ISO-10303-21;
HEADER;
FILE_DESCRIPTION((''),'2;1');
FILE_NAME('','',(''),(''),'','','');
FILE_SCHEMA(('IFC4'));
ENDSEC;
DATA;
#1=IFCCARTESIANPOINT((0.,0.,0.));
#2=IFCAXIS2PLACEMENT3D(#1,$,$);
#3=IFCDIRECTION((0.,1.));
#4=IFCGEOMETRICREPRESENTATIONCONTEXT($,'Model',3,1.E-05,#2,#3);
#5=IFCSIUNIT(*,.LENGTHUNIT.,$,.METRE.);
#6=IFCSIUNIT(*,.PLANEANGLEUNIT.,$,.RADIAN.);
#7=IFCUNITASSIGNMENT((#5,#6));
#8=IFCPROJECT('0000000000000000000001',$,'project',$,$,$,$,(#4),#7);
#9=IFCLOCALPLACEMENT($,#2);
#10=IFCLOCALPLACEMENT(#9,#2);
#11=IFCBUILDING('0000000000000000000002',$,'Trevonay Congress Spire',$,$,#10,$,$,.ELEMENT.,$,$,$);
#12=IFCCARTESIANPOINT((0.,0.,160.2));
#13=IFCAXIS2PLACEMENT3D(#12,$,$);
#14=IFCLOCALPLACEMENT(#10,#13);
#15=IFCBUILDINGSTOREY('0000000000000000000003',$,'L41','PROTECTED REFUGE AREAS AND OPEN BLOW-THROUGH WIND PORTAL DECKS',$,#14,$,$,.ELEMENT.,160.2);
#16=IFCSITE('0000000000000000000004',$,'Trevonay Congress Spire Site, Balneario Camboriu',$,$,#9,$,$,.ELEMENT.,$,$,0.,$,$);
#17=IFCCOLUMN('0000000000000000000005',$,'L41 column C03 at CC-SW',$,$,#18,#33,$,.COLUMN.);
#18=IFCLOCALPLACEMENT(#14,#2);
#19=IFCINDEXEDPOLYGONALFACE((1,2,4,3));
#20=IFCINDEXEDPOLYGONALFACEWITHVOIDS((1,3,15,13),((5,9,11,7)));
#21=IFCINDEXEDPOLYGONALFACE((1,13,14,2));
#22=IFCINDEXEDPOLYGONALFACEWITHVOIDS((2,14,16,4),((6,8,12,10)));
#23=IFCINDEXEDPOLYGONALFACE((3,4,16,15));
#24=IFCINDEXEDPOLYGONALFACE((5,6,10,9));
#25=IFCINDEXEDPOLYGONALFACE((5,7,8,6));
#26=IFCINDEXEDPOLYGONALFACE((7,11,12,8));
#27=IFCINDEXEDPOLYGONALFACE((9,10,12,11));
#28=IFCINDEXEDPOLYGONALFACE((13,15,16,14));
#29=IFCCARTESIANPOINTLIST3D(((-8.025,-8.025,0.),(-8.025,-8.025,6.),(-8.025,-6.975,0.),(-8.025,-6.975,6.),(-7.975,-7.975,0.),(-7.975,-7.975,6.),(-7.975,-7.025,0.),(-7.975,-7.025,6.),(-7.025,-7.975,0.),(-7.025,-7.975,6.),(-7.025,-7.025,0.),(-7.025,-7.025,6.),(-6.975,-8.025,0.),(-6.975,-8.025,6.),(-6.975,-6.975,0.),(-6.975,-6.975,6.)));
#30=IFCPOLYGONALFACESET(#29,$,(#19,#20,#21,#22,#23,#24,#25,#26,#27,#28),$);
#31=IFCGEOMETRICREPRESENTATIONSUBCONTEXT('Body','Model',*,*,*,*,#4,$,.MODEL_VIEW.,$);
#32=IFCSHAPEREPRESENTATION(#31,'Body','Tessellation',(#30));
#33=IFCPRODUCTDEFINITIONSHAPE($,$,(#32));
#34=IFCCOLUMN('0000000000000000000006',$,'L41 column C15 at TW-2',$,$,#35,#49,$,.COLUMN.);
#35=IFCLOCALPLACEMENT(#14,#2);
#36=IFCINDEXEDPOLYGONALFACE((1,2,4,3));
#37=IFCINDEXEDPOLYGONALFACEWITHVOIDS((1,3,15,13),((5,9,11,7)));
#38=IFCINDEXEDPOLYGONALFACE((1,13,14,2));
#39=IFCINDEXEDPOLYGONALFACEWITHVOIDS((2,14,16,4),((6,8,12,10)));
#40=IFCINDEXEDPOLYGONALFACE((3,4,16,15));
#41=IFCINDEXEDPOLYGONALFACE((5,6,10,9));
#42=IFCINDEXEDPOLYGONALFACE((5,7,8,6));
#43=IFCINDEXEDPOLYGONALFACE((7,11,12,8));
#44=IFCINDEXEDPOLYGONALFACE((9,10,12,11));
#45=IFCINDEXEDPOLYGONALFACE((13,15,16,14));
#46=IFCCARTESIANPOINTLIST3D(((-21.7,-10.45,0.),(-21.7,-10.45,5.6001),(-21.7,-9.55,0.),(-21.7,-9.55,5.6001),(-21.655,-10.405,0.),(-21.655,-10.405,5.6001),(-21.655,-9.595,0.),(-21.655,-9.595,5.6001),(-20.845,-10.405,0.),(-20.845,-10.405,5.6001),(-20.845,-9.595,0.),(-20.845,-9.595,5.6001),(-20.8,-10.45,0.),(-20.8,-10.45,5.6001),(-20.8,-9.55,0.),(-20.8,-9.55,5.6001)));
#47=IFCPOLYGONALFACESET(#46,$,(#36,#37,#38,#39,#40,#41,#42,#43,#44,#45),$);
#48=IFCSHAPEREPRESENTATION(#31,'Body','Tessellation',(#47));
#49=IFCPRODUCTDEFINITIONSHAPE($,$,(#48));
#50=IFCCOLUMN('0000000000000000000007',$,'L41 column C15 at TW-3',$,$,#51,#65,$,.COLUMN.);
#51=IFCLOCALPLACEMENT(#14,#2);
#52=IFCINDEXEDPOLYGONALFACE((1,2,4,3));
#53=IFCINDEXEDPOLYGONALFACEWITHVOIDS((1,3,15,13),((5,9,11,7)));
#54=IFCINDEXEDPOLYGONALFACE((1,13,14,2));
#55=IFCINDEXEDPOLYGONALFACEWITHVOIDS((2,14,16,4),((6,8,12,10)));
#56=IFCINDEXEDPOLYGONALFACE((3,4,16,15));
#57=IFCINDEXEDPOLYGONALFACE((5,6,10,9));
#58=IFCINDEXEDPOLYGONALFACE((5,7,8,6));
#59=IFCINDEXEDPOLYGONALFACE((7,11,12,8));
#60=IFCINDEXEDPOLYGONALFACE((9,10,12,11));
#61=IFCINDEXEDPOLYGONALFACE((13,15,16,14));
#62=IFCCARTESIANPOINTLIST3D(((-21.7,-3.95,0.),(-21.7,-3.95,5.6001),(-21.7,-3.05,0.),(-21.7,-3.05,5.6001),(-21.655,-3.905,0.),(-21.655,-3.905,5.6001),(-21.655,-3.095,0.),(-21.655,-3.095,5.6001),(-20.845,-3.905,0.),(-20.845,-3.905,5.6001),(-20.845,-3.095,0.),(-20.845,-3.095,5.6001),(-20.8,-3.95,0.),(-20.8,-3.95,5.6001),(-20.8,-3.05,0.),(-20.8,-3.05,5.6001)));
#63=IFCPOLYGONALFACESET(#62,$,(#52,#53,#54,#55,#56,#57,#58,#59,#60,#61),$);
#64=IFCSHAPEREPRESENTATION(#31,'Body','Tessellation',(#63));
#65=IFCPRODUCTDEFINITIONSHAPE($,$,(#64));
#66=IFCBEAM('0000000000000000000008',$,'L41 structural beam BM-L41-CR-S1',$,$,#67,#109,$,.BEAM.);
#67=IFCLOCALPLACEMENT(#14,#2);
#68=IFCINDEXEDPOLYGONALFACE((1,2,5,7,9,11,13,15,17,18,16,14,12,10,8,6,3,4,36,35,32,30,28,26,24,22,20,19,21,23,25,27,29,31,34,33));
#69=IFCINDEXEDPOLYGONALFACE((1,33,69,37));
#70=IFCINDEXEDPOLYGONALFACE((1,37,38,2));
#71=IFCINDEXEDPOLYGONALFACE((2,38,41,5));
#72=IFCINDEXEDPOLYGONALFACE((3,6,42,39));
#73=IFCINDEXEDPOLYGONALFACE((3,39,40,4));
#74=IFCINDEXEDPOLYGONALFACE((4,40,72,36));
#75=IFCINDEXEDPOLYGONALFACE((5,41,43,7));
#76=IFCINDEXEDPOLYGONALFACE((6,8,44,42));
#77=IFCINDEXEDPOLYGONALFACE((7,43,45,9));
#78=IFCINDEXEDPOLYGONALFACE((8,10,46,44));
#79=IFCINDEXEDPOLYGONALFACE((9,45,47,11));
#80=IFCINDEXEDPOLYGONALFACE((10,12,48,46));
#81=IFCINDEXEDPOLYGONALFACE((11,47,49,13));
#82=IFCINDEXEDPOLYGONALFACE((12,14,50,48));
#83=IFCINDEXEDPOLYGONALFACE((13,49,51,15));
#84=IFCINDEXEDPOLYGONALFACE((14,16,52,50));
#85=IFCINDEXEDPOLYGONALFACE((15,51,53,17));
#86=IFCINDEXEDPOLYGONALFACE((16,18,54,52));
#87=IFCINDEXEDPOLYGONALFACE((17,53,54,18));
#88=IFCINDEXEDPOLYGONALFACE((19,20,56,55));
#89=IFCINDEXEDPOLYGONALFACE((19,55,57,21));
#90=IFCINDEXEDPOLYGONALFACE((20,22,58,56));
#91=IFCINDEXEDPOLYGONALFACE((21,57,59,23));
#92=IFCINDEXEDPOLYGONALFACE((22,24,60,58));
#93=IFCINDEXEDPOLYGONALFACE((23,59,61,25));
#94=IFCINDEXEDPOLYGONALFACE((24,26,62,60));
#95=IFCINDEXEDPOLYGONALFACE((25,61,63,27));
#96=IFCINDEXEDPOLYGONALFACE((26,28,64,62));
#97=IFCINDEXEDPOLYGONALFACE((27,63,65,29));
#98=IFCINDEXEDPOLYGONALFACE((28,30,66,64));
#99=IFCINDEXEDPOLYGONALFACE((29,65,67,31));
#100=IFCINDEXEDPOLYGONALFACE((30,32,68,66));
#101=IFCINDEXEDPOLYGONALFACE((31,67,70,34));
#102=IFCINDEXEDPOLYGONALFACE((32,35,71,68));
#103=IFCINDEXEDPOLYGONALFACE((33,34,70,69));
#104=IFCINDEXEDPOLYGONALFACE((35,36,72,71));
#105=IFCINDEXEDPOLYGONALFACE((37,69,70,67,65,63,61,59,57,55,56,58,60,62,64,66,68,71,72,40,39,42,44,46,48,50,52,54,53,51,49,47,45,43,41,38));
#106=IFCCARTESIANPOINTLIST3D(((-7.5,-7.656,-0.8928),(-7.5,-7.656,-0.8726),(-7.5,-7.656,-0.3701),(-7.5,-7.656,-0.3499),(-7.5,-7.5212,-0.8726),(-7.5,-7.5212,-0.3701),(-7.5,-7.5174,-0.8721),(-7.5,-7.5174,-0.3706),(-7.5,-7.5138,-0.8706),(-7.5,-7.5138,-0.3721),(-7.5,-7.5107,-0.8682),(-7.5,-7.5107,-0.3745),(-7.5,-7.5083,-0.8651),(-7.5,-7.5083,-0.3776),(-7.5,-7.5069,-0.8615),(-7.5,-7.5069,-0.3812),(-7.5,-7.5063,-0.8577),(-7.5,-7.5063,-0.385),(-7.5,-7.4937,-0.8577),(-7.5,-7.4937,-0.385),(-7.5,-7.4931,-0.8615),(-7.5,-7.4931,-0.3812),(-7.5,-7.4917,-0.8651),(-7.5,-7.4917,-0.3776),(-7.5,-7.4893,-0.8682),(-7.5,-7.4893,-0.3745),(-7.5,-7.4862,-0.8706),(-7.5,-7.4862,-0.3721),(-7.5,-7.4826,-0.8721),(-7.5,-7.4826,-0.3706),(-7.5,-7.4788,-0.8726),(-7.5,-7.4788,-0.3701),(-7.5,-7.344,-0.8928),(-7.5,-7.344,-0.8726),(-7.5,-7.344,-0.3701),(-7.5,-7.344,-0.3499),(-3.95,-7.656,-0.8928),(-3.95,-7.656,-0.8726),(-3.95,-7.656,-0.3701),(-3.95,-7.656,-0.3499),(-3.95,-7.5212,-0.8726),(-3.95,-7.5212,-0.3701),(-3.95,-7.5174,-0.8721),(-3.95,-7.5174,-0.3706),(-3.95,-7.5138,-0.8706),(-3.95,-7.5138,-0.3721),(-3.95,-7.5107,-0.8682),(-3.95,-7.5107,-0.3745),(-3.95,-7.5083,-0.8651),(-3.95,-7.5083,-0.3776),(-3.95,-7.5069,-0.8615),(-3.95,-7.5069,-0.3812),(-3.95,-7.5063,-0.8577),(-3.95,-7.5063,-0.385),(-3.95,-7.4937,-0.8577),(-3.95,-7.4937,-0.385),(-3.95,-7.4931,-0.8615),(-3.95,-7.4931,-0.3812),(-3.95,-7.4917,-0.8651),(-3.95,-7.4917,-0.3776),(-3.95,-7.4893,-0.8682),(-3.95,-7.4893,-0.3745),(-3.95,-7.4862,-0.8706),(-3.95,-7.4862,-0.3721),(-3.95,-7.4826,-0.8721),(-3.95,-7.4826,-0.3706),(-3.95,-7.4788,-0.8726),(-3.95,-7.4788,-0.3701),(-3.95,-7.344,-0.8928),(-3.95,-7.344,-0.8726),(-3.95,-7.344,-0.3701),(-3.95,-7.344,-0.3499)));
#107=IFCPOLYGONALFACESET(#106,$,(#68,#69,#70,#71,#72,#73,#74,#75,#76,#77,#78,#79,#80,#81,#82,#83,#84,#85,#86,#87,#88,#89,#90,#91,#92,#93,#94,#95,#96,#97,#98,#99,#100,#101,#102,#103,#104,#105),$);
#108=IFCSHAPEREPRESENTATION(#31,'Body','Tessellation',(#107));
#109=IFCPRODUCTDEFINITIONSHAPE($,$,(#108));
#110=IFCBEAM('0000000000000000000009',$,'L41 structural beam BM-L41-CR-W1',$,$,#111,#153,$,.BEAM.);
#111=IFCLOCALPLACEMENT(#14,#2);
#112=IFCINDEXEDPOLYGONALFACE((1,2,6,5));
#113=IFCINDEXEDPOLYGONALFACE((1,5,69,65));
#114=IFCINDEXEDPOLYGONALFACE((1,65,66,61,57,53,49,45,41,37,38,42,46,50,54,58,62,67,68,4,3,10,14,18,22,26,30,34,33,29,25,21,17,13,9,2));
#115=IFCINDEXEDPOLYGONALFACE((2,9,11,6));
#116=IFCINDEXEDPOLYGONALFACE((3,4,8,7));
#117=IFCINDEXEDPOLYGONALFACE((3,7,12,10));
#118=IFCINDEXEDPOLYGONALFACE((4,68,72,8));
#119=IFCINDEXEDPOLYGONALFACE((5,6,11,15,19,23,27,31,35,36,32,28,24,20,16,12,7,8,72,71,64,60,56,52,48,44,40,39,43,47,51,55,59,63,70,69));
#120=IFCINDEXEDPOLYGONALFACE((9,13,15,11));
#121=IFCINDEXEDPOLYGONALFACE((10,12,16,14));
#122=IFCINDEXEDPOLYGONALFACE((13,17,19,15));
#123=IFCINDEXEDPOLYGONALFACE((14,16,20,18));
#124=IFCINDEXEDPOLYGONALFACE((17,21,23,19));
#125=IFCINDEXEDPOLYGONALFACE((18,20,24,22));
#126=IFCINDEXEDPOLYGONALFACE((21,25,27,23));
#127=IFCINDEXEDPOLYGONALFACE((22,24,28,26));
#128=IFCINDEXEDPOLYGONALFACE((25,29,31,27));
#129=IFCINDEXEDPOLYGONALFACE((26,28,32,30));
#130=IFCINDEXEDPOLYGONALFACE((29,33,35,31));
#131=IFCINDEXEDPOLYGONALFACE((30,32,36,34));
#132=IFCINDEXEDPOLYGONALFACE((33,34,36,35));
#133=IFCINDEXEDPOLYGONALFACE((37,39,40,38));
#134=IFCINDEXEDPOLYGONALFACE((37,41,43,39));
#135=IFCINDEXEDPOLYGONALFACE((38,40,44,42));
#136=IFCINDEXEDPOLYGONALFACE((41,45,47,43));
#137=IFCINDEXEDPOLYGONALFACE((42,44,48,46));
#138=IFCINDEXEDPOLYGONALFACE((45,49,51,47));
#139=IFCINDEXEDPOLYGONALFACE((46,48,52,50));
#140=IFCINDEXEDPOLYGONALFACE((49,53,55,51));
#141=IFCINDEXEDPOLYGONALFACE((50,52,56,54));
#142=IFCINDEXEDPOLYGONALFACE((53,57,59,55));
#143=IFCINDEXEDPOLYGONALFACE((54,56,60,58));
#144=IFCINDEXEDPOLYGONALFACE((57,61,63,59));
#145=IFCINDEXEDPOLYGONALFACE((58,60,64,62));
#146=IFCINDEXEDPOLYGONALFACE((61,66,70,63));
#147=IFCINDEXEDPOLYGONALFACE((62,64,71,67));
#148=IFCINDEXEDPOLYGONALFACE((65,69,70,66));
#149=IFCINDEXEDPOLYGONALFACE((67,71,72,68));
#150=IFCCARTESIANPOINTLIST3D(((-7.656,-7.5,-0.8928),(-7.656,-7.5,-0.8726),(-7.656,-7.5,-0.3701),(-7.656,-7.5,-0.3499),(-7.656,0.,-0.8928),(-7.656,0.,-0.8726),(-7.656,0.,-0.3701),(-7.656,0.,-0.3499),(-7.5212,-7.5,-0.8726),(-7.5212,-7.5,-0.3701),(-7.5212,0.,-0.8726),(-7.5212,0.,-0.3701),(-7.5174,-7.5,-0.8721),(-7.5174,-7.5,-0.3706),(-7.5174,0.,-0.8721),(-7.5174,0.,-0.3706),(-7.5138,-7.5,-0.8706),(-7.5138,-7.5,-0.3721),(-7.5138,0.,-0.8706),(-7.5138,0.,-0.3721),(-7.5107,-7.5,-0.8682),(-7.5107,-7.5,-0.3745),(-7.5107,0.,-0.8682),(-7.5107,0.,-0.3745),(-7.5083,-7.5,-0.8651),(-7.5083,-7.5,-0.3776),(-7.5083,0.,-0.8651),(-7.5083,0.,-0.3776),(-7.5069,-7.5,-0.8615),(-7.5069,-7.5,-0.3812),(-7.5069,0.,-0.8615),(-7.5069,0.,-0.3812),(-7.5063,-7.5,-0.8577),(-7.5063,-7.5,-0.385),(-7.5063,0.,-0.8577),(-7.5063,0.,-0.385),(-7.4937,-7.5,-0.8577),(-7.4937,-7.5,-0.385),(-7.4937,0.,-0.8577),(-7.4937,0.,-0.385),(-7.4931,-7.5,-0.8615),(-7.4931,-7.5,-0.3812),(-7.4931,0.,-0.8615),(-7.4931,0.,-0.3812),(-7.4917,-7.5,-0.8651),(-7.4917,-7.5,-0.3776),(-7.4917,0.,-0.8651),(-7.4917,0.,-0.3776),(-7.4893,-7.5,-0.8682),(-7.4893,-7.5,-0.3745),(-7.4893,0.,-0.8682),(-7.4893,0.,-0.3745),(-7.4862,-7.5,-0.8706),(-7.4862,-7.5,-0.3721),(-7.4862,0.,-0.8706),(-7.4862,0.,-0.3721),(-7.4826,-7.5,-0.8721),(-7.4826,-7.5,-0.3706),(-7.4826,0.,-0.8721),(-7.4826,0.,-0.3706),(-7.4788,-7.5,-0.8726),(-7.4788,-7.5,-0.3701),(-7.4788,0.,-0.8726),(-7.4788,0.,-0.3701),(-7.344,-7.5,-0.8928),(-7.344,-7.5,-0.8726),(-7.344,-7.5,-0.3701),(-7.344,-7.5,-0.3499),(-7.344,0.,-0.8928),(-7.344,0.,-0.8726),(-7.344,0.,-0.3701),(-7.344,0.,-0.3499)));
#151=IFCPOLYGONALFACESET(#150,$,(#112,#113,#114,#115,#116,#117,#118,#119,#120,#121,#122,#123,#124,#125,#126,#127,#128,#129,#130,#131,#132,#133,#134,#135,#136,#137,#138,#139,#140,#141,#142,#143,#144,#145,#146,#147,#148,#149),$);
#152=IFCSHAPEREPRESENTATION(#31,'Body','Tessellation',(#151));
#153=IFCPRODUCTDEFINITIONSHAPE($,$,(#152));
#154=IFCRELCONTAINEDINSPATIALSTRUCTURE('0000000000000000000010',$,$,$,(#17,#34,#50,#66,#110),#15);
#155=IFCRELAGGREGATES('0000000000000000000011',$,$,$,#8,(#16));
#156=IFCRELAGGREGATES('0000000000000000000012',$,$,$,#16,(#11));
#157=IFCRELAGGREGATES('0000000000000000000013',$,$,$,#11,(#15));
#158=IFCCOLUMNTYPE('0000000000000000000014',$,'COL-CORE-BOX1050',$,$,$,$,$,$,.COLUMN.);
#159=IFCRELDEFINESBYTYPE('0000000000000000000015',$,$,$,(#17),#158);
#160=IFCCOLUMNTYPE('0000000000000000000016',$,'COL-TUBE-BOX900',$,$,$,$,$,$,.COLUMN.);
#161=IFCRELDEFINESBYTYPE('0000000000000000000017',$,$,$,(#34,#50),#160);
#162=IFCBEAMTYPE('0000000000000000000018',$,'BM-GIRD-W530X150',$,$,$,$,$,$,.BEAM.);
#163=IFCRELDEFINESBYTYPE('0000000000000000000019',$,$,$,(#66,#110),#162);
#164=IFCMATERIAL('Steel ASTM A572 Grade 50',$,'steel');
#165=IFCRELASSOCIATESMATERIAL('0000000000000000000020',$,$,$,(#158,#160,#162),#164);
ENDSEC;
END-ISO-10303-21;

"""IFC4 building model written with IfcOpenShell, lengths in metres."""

from ifc_helpers import new_model, si_unit, direction, frame, origin, origin_2d, place, context, subcontext, project, spatial, hollow_rectangle, i_section, extrude, material, material_profile, profile_set, type_object, element, save


model = new_model("IFC4")

# Units and contexts
model_context = context("Model", 3, precision=1e-05, world=origin(), true_north=direction((0.0, 1.0)))
body_context = subcontext(model_context, "Body", "Model", "MODEL_VIEW")
ifc_project = project(units=[si_unit("LENGTHUNIT", "METRE"), si_unit("PLANEANGLEUNIT", "RADIAN")], contexts=[model_context])

# Site, building, storey
site_placement = place(None, origin())
site = spatial("IfcSite", under=ifc_project, at=site_placement, Name="Trevonay Congress Spire Site, Balneario Camboriu", CompositionType="ELEMENT", RefElevation=0.0)
building_placement = place(site_placement, origin())
building = spatial("IfcBuilding", under=site, at=building_placement, Name="Trevonay Congress Spire", CompositionType="ELEMENT")
storey_placement = place(building_placement, frame((0.0, 0.0, 160.2)))
storey = spatial("IfcBuildingStorey", under=building, at=storey_placement, Name="L41", Description="PROTECTED REFUGE AREAS AND OPEN BLOW-THROUGH WIND PORTAL DECKS", CompositionType="ELEMENT", Elevation=160.2)

# Columns
ifc_material_1 = material(Name="Steel ASTM A572 Grade 50", Category="steel")
ifc_material_profile_1 = material_profile(ifc_material_1, hollow_rectangle(XDim=1.05, YDim=1.05, WallThickness=0.05, at=origin_2d()), Name="BOX 1050x1050x50")
ifc_profile_set_1 = profile_set([ifc_material_profile_1], Name="Steel ASTM A572 Grade 50")
column_type_1 = type_object("IfcColumnType", Name="COL-CORE-BOX1050", PredefinedType="COLUMN", material=ifc_profile_set_1)
column_placement = place(storey_placement, frame((-7.5, -7.5, 0.0), z_axis=(0.0, 0.0, 1.0), x_axis=(1.0, 0.0, 0.0)))
element("IfcColumn", 1, at=column_placement, inside=storey, type_object=column_type_1, Name="L41 column C03 at CC-SW", PredefinedType="COLUMN", context=body_context, shape_type="SweptSolid", body=[
    extrude(hollow_rectangle(XDim=1.05, YDim=1.05, WallThickness=0.05, at=origin_2d()), origin(), (0.0, 0.0, 1.0), 6.0),
])
ifc_material_profile_2 = material_profile(ifc_material_1, hollow_rectangle(XDim=0.8999, YDim=0.8999, WallThickness=0.0449, at=origin_2d()), Name="BOX 900x900x45")
ifc_profile_set_2 = profile_set([ifc_material_profile_2], Name="Steel ASTM A572 Grade 50")
column_type_2 = type_object("IfcColumnType", Name="COL-TUBE-BOX900", PredefinedType="COLUMN", material=ifc_profile_set_2)
for number, where, z_axis, x_axis, name in (
    (2, (-21.25, -10.0, 0.0), (0.0, 0.0, 1.0), (1.0, 0.0, 0.0), "L41 column C15 at TW-2"),
    (3, (-21.25, -3.5, 0.0), (0.0, 0.0, 1.0), (1.0, 0.0, 0.0), "L41 column C15 at TW-3"),
):
    element("IfcColumn", number, at=place(storey_placement, frame(where, z_axis=z_axis, x_axis=x_axis)), inside=storey, type_object=column_type_2, Name=name, PredefinedType="COLUMN", context=body_context, shape_type="SweptSolid", body=[
        extrude(hollow_rectangle(XDim=0.8999, YDim=0.8999, WallThickness=0.0449, at=origin_2d()), origin(), (0.0, 0.0, 1.0), 5.6001),
    ])

# Beams
ifc_material_profile_3 = material_profile(ifc_material_1, i_section(OverallWidth=0.312, OverallDepth=0.543, WebThickness=0.0127, FlangeThickness=0.0203, FilletRadius=0.0149, at=origin_2d()), Name="W530x150")
ifc_profile_set_3 = profile_set([ifc_material_profile_3], Name="Steel ASTM A572 Grade 50")
beam_type_1 = type_object("IfcBeamType", Name="BM-GIRD-W530X150", PredefinedType="BEAM", material=ifc_profile_set_3)
beam_1_placement = place(storey_placement, frame((-7.5, -7.5, -0.6213), z_axis=(1.0, 0.0, 0.0), x_axis=(0.0, 1.0, 0.0)))
element("IfcBeam", 4, at=beam_1_placement, inside=storey, type_object=beam_type_1, Name="L41 structural beam BM-L41-CR-S1", PredefinedType="BEAM", context=body_context, shape_type="SweptSolid", body=[
    extrude(i_section(OverallWidth=0.312, OverallDepth=0.543, WebThickness=0.0127, FlangeThickness=0.0203, FilletRadius=0.0149, at=origin_2d()), origin(), (0.0, 0.0, 1.0), 3.55),
])
beam_2_placement = place(storey_placement, frame((-7.5, -7.5, -0.6213), z_axis=(0.0, 1.0, 0.0), x_axis=(-1.0, 0.0, 0.0)))
element("IfcBeam", 5, at=beam_2_placement, inside=storey, type_object=beam_type_1, Name="L41 structural beam BM-L41-CR-W1", PredefinedType="BEAM", context=body_context, shape_type="SweptSolid", body=[
    extrude(i_section(OverallWidth=0.312, OverallDepth=0.543, WebThickness=0.0127, FlangeThickness=0.0203, FilletRadius=0.0149, at=origin_2d()), origin(), (0.0, 0.0, 1.0), 7.5),
])

save(model, "model.ifc")
